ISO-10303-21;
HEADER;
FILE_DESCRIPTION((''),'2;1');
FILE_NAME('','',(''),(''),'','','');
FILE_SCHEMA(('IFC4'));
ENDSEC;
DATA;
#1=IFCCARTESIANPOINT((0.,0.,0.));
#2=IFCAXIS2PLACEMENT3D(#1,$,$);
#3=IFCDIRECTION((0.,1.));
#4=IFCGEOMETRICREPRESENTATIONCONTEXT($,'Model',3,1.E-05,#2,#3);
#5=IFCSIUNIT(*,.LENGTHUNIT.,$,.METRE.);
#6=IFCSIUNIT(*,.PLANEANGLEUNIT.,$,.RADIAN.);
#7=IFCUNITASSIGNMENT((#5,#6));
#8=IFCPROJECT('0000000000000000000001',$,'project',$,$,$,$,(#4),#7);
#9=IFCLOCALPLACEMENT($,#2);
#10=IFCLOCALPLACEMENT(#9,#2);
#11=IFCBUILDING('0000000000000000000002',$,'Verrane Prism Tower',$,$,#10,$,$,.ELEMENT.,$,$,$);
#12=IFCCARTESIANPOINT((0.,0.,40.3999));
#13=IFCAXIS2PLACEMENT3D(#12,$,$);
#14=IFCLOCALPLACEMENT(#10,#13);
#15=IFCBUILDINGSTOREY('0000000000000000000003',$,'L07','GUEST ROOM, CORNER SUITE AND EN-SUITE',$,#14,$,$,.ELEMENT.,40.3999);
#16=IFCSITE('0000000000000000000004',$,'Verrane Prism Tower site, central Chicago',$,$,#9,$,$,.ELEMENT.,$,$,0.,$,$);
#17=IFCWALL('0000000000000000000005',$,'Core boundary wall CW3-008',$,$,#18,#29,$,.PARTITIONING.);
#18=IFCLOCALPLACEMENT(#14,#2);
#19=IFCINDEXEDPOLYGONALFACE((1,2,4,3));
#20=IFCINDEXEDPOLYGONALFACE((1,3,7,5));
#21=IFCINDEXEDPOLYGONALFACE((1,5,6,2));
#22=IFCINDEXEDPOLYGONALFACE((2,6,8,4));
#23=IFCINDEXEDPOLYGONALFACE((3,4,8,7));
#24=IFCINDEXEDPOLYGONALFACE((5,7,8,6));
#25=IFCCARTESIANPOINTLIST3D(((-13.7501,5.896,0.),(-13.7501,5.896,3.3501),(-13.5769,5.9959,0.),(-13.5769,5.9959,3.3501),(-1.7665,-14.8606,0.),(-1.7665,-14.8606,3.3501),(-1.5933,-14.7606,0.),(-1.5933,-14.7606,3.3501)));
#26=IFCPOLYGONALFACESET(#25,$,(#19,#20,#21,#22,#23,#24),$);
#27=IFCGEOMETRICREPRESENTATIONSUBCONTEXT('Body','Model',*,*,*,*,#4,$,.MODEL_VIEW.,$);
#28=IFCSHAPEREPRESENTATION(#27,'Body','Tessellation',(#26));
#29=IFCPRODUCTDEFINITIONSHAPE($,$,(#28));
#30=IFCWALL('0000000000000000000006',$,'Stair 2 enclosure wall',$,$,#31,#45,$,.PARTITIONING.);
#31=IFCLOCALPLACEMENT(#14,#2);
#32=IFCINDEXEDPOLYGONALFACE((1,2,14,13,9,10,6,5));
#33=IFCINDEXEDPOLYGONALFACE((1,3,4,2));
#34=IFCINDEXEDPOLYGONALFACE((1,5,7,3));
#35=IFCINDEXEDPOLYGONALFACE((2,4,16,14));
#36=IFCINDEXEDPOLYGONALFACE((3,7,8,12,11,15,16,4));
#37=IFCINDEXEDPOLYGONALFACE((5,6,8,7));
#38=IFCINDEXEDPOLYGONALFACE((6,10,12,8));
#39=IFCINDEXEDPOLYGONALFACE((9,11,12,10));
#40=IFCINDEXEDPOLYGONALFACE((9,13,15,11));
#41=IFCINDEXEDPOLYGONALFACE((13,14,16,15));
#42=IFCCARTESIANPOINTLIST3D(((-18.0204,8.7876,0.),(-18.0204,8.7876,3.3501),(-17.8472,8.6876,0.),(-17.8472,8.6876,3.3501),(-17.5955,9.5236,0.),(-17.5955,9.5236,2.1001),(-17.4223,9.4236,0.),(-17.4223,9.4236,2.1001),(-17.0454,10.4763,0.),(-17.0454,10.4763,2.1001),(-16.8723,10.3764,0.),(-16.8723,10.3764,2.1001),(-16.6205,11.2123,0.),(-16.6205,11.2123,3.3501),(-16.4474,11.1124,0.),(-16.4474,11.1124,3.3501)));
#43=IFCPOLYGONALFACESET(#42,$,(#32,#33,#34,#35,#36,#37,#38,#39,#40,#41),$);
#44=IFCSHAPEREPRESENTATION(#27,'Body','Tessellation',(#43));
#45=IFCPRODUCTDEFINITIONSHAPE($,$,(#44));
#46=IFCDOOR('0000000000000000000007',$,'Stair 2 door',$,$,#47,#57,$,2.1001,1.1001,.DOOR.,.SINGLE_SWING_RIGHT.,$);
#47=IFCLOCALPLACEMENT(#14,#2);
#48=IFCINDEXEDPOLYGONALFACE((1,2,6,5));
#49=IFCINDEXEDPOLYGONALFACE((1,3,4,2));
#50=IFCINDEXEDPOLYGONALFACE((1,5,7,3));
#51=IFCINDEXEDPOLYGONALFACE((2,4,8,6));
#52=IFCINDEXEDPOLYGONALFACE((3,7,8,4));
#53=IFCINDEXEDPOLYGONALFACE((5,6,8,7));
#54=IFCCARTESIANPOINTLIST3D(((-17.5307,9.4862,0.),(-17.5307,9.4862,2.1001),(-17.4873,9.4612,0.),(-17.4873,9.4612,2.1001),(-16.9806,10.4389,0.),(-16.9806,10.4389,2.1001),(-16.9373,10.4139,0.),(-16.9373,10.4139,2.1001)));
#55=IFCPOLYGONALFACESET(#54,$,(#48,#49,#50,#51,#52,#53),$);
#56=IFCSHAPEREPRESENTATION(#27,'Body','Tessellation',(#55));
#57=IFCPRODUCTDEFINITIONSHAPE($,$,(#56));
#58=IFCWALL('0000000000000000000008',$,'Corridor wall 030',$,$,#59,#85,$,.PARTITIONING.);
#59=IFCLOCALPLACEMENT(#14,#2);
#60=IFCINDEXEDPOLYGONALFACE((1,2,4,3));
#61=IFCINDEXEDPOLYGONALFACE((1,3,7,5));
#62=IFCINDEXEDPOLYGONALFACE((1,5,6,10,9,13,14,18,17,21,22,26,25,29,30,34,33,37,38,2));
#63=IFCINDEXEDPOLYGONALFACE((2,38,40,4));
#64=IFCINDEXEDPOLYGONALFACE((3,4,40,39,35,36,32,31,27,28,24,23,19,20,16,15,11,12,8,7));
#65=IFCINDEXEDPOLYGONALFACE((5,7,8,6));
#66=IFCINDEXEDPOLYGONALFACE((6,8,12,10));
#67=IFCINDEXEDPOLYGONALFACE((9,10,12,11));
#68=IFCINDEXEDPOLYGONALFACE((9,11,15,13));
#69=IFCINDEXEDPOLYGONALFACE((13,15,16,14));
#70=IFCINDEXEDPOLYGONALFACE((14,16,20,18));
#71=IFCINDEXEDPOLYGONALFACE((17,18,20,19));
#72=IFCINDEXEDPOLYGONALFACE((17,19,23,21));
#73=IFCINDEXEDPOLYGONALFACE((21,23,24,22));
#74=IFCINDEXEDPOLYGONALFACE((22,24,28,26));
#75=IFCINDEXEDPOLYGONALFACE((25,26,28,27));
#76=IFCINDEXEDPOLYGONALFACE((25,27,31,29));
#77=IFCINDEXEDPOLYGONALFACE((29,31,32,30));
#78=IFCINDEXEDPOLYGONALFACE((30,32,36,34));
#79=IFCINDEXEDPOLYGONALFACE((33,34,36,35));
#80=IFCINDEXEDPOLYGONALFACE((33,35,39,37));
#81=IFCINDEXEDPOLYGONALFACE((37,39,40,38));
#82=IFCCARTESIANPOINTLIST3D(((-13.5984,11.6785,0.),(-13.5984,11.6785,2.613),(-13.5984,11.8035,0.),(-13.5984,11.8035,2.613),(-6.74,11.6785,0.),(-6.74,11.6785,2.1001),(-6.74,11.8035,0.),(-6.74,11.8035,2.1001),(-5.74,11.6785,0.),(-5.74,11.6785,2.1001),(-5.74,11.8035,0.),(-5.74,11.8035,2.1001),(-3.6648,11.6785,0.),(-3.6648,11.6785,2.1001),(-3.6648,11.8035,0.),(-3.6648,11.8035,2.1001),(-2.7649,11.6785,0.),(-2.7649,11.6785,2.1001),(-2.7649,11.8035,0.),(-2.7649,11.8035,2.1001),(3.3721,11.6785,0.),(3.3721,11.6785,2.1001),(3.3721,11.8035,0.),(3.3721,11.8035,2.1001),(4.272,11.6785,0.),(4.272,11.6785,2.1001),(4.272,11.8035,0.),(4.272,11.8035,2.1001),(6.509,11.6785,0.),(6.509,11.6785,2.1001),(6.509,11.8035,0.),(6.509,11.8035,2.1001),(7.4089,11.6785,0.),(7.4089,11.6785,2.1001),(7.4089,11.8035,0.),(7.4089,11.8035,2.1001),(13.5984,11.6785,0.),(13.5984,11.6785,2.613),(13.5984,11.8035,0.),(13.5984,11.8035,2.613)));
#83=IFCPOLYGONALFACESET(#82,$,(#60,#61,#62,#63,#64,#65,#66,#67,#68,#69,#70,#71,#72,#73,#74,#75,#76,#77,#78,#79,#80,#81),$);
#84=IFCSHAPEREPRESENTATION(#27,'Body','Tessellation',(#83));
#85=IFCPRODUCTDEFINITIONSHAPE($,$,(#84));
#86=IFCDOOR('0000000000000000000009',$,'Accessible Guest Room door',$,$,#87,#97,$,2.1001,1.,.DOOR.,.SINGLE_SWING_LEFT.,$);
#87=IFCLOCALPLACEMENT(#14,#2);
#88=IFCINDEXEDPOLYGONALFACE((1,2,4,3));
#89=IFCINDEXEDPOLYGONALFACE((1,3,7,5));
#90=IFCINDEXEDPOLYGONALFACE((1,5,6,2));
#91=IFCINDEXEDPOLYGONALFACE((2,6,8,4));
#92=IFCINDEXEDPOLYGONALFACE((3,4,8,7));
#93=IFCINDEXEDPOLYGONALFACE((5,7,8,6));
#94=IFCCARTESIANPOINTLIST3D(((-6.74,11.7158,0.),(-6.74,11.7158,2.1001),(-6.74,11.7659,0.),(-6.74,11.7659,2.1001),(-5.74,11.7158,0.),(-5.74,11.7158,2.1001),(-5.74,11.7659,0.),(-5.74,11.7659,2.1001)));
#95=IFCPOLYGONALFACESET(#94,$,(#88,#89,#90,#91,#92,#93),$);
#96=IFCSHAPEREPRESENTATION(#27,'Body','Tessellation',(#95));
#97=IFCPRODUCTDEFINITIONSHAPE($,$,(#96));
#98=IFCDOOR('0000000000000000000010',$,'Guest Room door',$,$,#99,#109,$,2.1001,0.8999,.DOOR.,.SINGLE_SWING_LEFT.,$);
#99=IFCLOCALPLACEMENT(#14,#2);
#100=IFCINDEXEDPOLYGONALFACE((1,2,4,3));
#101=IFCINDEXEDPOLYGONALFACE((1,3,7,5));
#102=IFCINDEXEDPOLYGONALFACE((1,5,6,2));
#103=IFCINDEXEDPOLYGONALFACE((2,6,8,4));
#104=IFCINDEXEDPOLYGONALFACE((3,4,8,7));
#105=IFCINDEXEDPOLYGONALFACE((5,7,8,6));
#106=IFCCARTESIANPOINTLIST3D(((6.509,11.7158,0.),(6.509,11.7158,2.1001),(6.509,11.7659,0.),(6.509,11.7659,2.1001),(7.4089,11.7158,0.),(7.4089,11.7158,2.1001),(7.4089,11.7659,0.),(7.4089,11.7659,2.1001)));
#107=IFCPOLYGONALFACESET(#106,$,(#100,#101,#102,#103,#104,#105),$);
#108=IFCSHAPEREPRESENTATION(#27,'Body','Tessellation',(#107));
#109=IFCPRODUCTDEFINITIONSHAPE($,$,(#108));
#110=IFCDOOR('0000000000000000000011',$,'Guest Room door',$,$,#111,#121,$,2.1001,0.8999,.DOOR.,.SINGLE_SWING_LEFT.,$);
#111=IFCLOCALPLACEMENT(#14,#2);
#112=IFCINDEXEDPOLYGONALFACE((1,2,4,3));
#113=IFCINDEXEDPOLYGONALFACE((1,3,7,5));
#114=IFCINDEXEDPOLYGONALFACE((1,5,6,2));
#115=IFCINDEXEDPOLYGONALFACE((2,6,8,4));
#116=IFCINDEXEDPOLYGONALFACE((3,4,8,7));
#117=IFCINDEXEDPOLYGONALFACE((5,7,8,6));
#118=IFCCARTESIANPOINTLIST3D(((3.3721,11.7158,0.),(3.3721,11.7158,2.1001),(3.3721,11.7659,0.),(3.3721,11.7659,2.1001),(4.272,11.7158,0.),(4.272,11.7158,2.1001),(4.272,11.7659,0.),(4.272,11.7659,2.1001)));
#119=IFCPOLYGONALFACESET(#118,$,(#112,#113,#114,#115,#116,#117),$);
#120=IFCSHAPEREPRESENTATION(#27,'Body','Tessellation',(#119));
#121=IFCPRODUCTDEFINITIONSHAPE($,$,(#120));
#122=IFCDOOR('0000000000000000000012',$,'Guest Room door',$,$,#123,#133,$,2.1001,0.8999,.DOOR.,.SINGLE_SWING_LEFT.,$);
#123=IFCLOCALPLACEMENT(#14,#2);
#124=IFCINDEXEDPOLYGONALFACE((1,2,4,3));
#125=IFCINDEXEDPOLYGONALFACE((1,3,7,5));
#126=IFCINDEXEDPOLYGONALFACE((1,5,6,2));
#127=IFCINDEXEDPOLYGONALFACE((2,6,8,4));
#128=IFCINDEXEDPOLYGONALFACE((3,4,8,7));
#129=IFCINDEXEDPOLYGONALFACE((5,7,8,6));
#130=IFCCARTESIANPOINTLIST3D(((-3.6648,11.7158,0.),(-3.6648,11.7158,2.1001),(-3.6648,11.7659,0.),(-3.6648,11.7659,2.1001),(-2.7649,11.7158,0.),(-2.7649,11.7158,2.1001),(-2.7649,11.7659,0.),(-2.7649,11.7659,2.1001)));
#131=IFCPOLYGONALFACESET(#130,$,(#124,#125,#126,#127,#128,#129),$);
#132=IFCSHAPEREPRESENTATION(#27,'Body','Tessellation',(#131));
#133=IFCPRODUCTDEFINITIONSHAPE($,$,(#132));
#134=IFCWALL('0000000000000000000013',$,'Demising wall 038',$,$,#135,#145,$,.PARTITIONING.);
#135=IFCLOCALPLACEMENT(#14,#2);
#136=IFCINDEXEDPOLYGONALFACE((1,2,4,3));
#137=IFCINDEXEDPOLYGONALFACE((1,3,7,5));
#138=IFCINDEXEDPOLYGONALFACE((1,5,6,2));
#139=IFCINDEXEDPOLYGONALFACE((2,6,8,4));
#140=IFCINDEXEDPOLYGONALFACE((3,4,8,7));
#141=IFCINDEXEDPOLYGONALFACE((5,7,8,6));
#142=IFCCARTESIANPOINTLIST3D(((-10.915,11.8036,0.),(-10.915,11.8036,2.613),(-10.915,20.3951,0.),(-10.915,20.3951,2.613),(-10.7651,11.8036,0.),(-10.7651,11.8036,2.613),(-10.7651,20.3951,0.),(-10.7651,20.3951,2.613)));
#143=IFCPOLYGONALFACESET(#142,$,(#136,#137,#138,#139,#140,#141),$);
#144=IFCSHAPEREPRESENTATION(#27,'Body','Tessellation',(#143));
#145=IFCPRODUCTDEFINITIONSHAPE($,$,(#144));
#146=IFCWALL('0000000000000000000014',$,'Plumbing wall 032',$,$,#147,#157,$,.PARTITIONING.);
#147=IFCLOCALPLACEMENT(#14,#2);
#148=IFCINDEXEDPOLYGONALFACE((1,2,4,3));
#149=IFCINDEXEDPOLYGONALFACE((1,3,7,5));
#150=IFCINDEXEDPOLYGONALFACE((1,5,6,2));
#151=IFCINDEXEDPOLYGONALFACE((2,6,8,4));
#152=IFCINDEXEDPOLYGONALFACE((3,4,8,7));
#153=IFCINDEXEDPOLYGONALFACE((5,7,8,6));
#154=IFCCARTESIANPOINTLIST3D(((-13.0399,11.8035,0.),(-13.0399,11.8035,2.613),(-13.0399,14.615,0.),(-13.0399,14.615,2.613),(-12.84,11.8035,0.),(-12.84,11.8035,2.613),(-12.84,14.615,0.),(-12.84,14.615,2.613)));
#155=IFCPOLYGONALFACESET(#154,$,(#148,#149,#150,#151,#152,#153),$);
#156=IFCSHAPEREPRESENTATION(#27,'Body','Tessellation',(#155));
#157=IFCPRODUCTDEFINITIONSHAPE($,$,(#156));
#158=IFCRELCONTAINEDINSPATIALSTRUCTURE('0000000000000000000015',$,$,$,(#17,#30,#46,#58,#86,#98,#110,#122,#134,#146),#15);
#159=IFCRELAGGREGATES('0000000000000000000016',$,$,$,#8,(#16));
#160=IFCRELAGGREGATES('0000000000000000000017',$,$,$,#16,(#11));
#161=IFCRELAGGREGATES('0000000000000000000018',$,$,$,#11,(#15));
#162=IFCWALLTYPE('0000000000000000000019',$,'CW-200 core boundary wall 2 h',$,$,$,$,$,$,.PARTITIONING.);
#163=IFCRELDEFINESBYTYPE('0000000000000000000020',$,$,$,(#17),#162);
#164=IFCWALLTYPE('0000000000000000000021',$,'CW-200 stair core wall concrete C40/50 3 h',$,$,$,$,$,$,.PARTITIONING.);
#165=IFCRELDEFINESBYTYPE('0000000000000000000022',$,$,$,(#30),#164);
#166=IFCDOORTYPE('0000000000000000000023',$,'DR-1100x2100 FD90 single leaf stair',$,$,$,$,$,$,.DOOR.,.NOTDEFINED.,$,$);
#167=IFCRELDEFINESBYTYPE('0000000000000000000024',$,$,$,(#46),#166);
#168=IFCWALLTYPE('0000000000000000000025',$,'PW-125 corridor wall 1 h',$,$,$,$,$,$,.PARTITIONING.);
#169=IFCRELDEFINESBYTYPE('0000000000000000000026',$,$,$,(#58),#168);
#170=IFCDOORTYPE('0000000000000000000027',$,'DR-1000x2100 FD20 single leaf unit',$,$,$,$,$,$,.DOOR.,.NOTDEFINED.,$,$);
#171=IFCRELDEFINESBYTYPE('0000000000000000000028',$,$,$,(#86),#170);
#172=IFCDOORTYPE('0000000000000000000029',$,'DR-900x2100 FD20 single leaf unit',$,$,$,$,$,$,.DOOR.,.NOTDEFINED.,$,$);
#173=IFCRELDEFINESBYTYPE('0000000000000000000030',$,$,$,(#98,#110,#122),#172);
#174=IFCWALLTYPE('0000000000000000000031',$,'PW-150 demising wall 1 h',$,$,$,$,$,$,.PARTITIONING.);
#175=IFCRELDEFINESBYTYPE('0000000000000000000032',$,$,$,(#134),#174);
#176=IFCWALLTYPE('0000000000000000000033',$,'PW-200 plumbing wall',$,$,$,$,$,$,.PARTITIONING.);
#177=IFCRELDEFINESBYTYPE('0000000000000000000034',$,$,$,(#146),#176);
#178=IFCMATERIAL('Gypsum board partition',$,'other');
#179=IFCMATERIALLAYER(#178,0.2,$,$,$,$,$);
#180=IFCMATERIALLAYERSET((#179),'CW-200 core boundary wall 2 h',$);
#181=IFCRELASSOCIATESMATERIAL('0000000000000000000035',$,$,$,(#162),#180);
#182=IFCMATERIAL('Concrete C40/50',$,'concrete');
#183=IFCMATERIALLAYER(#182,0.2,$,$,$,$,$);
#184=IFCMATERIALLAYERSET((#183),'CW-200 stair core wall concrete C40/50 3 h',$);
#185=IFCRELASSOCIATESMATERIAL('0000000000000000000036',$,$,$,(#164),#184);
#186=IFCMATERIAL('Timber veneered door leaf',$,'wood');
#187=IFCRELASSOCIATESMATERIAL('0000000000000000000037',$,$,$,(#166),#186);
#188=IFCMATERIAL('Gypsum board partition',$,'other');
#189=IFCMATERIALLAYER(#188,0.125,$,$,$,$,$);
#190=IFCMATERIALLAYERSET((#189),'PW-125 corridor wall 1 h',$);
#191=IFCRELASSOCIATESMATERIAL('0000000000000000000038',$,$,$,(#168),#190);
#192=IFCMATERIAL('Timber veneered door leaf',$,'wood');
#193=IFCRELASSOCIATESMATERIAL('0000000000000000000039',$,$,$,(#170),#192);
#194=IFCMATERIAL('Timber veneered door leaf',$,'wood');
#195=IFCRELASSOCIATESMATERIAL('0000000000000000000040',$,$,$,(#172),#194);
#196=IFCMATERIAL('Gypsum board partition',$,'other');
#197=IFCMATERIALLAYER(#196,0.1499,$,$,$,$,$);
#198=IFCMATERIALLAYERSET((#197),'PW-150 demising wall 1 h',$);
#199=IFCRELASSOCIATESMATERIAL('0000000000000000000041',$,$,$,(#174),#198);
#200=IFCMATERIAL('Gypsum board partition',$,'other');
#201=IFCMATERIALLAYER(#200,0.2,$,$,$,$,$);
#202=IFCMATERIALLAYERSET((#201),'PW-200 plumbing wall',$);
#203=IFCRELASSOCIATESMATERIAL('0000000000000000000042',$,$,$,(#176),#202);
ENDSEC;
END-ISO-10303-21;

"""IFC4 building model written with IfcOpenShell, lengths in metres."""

from ifc_helpers import new_model, si_unit, direction, frame, frame_2d, origin, place, context, subcontext, project, spatial, rectangle, extrude, material, layer, layer_set, type_object, element, fill, save


model = new_model("IFC4")

# Units and contexts
model_context = context("Model", 3, precision=1e-05, world=origin(), true_north=direction((0.0, 1.0)))
body_context = subcontext(model_context, "Body", "Model", "MODEL_VIEW")
ifc_project = project(units=[si_unit("LENGTHUNIT", "METRE"), si_unit("PLANEANGLEUNIT", "RADIAN")], contexts=[model_context])

# Site, building, storey
site_placement = place(None, origin())
site = spatial("IfcSite", under=ifc_project, at=site_placement, Name="Verrane Prism Tower site, central Chicago", CompositionType="ELEMENT", RefElevation=0.0)
building_placement = place(site_placement, origin())
building = spatial("IfcBuilding", under=site, at=building_placement, Name="Verrane Prism Tower", CompositionType="ELEMENT")
storey_placement = place(building_placement, frame((0.0, 0.0, 40.3999)))
storey = spatial("IfcBuildingStorey", under=building, at=storey_placement, Name="L07", Description="GUEST ROOM, CORNER SUITE AND EN-SUITE", CompositionType="ELEMENT", Elevation=40.3999)

# Wall
ifc_material_1 = material(Name="Gypsum board partition", Category="other")
ifc_layer_1 = layer(ifc_material_1, 0.2)
ifc_layer_set_1 = layer_set([ifc_layer_1], Name="CW-200 core boundary wall 2 h")
wall_type_1 = type_object("IfcWallType", Name="CW-200 core boundary wall 2 h", PredefinedType="PARTITIONING", material=ifc_layer_set_1)
wall_1_placement = place(storey_placement, frame((-13.6636, 5.946, 0.0), z_axis=(0.0, 0.0, 1.0), x_axis=(0.499994, -0.866029, 0.0)))
element("IfcWall", 1, at=wall_1_placement, inside=storey, type_object=wall_type_1, Name="Core boundary wall CW3-008", PredefinedType="PARTITIONING", context=body_context, shape_type="SweptSolid", body=[
    extrude(rectangle(XDim=23.9675, YDim=0.2, at=frame_2d((11.9839, 0.0))), origin(), (0.0, 0.0, 1.0), 3.3501),
])

# Wall, opening, door
ifc_material_2 = material(Name="Concrete C40/50", Category="concrete")
ifc_layer_2 = layer(ifc_material_2, 0.2)
ifc_layer_set_2 = layer_set([ifc_layer_2], Name="CW-200 stair core wall concrete C40/50 3 h")
wall_type_2 = type_object("IfcWallType", Name="CW-200 stair core wall concrete C40/50 3 h", PredefinedType="PARTITIONING", material=ifc_layer_set_2)
wall_2_placement = place(storey_placement, frame((-16.5339, 11.1624, 0.0), z_axis=(0.0, 0.0, 1.0), x_axis=(-0.499984, -0.866035, 0.0)))
wall_2 = element("IfcWall", 2, at=wall_2_placement, inside=storey, type_object=wall_type_2, Name="Stair 2 enclosure wall", PredefinedType="PARTITIONING", context=body_context, shape_type="SweptSolid", body=[
    extrude(rectangle(XDim=2.7998, YDim=0.2, at=frame_2d((1.3999, 0.0))), origin(), (0.0, 0.0, 1.0), 3.3501),
])
opening_1_placement = place(wall_2_placement, frame((0.8499, 0.0, 0.0)))
opening_1 = element("IfcOpeningElement", 3, at=opening_1_placement, cuts=wall_2, PredefinedType="OPENING", context=body_context, shape_type="SweptSolid", body=[
    extrude(rectangle(XDim=1.1001, YDim=2.1001, at=frame_2d((0.55, 1.05))), frame((0.0, 0.1099, 0.0), z_axis=(0.0, -1.0, 0.0), x_axis=(1.0, 0.0, 0.0)), (0.0, 0.0, 1.0), 0.22),
])
ifc_material_3 = material(Name="Timber veneered door leaf", Category="wood")
door_type_1 = type_object("IfcDoorType", Name="DR-1100x2100 FD90 single leaf stair", OperationType="NOTDEFINED", PredefinedType="DOOR", material=ifc_material_3)
door_1_placement = place(opening_1_placement, origin())
door_1 = element("IfcDoor", 4, at=door_1_placement, inside=storey, type_object=door_type_1, Name="Stair 2 door", OperationType="SINGLE_SWING_RIGHT", OverallHeight=2.1001, OverallWidth=1.1001, PredefinedType="DOOR", context=body_context, shape_type="SweptSolid", body=[
    extrude(rectangle(XDim=1.1001, YDim=2.1001, at=frame_2d((0.55, 1.05))), frame((0.0, 0.0249, 0.0), z_axis=(0.0, -1.0, 0.0), x_axis=(1.0, 0.0, 0.0)), (0.0, 0.0, 1.0), 0.05),
])
fill(opening_1, door_1)

# Wall, openings, doors
ifc_material_4 = material(Name="Gypsum board partition", Category="other")
ifc_layer_3 = layer(ifc_material_4, 0.125)
ifc_layer_set_3 = layer_set([ifc_layer_3], Name="PW-125 corridor wall 1 h")
wall_type_3 = type_object("IfcWallType", Name="PW-125 corridor wall 1 h", PredefinedType="PARTITIONING", material=ifc_layer_set_3)
wall_3_placement = place(storey_placement, frame((-13.5984, 11.741, 0.0), z_axis=(0.0, 0.0, 1.0), x_axis=(1.0, 0.0, 0.0)))
wall_3 = element("IfcWall", 5, at=wall_3_placement, inside=storey, type_object=wall_type_3, Name="Corridor wall 030", PredefinedType="PARTITIONING", context=body_context, shape_type="SweptSolid", body=[
    extrude(rectangle(XDim=27.1968, YDim=0.125, at=frame_2d((13.5984, 0.0))), origin(), (0.0, 0.0, 1.0), 2.613),
])
opening_2_placement = place(wall_3_placement, frame((20.1074, 0.0, 0.0)))
opening_2 = element("IfcOpeningElement", 6, at=opening_2_placement, cuts=wall_3, PredefinedType="OPENING", context=body_context, shape_type="SweptSolid", body=[
    extrude(rectangle(XDim=0.8999, YDim=2.1001, at=frame_2d((0.45, 1.05))), frame((0.0, 0.0725, 0.0), z_axis=(0.0, -1.0, 0.0), x_axis=(1.0, 0.0, 0.0)), (0.0, 0.0, 1.0), 0.145),
])
opening_3_placement = place(wall_3_placement, frame((16.9705, 0.0, 0.0)))
opening_3 = element("IfcOpeningElement", 7, at=opening_3_placement, cuts=wall_3, PredefinedType="OPENING", context=body_context, shape_type="SweptSolid", body=[
    extrude(rectangle(XDim=0.8999, YDim=2.1001, at=frame_2d((0.45, 1.05))), frame((0.0, 0.0725, 0.0), z_axis=(0.0, -1.0, 0.0), x_axis=(1.0, 0.0, 0.0)), (0.0, 0.0, 1.0), 0.145),
])
opening_4_placement = place(wall_3_placement, frame((9.9336, 0.0, 0.0)))
opening_4 = element("IfcOpeningElement", 8, at=opening_4_placement, cuts=wall_3, PredefinedType="OPENING", context=body_context, shape_type="SweptSolid", body=[
    extrude(rectangle(XDim=0.8999, YDim=2.1001, at=frame_2d((0.45, 1.05))), frame((0.0, 0.0725, 0.0), z_axis=(0.0, -1.0, 0.0), x_axis=(1.0, 0.0, 0.0)), (0.0, 0.0, 1.0), 0.145),
])
opening_5_placement = place(wall_3_placement, frame((6.8584, 0.0, 0.0)))
opening_5 = element("IfcOpeningElement", 9, at=opening_5_placement, cuts=wall_3, PredefinedType="OPENING", context=body_context, shape_type="SweptSolid", body=[
    extrude(rectangle(XDim=1.0, YDim=2.1001, at=frame_2d((0.5, 1.05))), frame((0.0, 0.0725, 0.0), z_axis=(0.0, -1.0, 0.0), x_axis=(1.0, 0.0, 0.0)), (0.0, 0.0, 1.0), 0.145),
])
ifc_material_5 = material(Name="Timber veneered door leaf", Category="wood")
door_type_2 = type_object("IfcDoorType", Name="DR-1000x2100 FD20 single leaf unit", OperationType="NOTDEFINED", PredefinedType="DOOR", material=ifc_material_5)
door_2_placement = place(opening_5_placement, origin())
door_2 = element("IfcDoor", 10, at=door_2_placement, inside=storey, type_object=door_type_2, Name="Accessible Guest Room door", OperationType="SINGLE_SWING_LEFT", OverallHeight=2.1001, OverallWidth=1.0, PredefinedType="DOOR", context=body_context, shape_type="SweptSolid", body=[
    extrude(rectangle(XDim=1.0, YDim=2.1001, at=frame_2d((0.5, 1.05))), frame((0.0, 0.0249, 0.0), z_axis=(0.0, -1.0, 0.0), x_axis=(1.0, 0.0, 0.0)), (0.0, 0.0, 1.0), 0.05),
])
fill(opening_5, door_2)
ifc_material_6 = material(Name="Timber veneered door leaf", Category="wood")
door_type_3 = type_object("IfcDoorType", Name="DR-900x2100 FD20 single leaf unit", OperationType="NOTDEFINED", PredefinedType="DOOR", material=ifc_material_6)
door_3_placement = place(opening_2_placement, origin())
door_3 = element("IfcDoor", 11, at=door_3_placement, inside=storey, type_object=door_type_3, Name="Guest Room door", OperationType="SINGLE_SWING_LEFT", OverallHeight=2.1001, OverallWidth=0.8999, PredefinedType="DOOR", context=body_context, shape_type="SweptSolid", body=[
    extrude(rectangle(XDim=0.8999, YDim=2.1001, at=frame_2d((0.45, 1.05))), frame((0.0, 0.0249, 0.0), z_axis=(0.0, -1.0, 0.0), x_axis=(1.0, 0.0, 0.0)), (0.0, 0.0, 1.0), 0.05),
])
fill(opening_2, door_3)
door_4_placement = place(opening_3_placement, origin())
door_4 = element("IfcDoor", 12, at=door_4_placement, inside=storey, type_object=door_type_3, Name="Guest Room door", OperationType="SINGLE_SWING_LEFT", OverallHeight=2.1001, OverallWidth=0.8999, PredefinedType="DOOR", context=body_context, shape_type="SweptSolid", body=[
    extrude(rectangle(XDim=0.8999, YDim=2.1001, at=frame_2d((0.45, 1.05))), frame((0.0, 0.0249, 0.0), z_axis=(0.0, -1.0, 0.0), x_axis=(1.0, 0.0, 0.0)), (0.0, 0.0, 1.0), 0.05),
])
fill(opening_3, door_4)
door_5_placement = place(opening_4_placement, origin())
door_5 = element("IfcDoor", 13, at=door_5_placement, inside=storey, type_object=door_type_3, Name="Guest Room door", OperationType="SINGLE_SWING_LEFT", OverallHeight=2.1001, OverallWidth=0.8999, PredefinedType="DOOR", context=body_context, shape_type="SweptSolid", body=[
    extrude(rectangle(XDim=0.8999, YDim=2.1001, at=frame_2d((0.45, 1.05))), frame((0.0, 0.0249, 0.0), z_axis=(0.0, -1.0, 0.0), x_axis=(1.0, 0.0, 0.0)), (0.0, 0.0, 1.0), 0.05),
])
fill(opening_4, door_5)

# Walls
ifc_material_7 = material(Name="Gypsum board partition", Category="other")
ifc_layer_4 = layer(ifc_material_7, 0.1499)
ifc_layer_set_4 = layer_set([ifc_layer_4], Name="PW-150 demising wall 1 h")
wall_type_4 = type_object("IfcWallType", Name="PW-150 demising wall 1 h", PredefinedType="PARTITIONING", material=ifc_layer_set_4)
wall_4_placement = place(storey_placement, frame((-10.8401, 11.8035, 0.0), z_axis=(0.0, 0.0, 1.0), x_axis=(0.0, 1.0, 0.0)))
element("IfcWall", 14, at=wall_4_placement, inside=storey, type_object=wall_type_4, Name="Demising wall 038", PredefinedType="PARTITIONING", context=body_context, shape_type="SweptSolid", body=[
    extrude(rectangle(XDim=8.5916, YDim=0.1499, at=frame_2d((4.2959, 0.0))), origin(), (0.0, 0.0, 1.0), 2.613),
])
ifc_material_8 = material(Name="Gypsum board partition", Category="other")
ifc_layer_5 = layer(ifc_material_8, 0.2)
ifc_layer_set_5 = layer_set([ifc_layer_5], Name="PW-200 plumbing wall")
wall_type_5 = type_object("IfcWallType", Name="PW-200 plumbing wall", PredefinedType="PARTITIONING", material=ifc_layer_set_5)
wall_5_placement = place(storey_placement, frame((-12.9399, 11.8035, 0.0), z_axis=(0.0, 0.0, 1.0), x_axis=(0.0, 1.0, 0.0)))
element("IfcWall", 15, at=wall_5_placement, inside=storey, type_object=wall_type_5, Name="Plumbing wall 032", PredefinedType="PARTITIONING", context=body_context, shape_type="SweptSolid", body=[
    extrude(rectangle(XDim=2.8115, YDim=0.2, at=frame_2d((1.4058, 0.0))), origin(), (0.0, 0.0, 1.0), 2.613),
])

save(model, "model.ifc")
